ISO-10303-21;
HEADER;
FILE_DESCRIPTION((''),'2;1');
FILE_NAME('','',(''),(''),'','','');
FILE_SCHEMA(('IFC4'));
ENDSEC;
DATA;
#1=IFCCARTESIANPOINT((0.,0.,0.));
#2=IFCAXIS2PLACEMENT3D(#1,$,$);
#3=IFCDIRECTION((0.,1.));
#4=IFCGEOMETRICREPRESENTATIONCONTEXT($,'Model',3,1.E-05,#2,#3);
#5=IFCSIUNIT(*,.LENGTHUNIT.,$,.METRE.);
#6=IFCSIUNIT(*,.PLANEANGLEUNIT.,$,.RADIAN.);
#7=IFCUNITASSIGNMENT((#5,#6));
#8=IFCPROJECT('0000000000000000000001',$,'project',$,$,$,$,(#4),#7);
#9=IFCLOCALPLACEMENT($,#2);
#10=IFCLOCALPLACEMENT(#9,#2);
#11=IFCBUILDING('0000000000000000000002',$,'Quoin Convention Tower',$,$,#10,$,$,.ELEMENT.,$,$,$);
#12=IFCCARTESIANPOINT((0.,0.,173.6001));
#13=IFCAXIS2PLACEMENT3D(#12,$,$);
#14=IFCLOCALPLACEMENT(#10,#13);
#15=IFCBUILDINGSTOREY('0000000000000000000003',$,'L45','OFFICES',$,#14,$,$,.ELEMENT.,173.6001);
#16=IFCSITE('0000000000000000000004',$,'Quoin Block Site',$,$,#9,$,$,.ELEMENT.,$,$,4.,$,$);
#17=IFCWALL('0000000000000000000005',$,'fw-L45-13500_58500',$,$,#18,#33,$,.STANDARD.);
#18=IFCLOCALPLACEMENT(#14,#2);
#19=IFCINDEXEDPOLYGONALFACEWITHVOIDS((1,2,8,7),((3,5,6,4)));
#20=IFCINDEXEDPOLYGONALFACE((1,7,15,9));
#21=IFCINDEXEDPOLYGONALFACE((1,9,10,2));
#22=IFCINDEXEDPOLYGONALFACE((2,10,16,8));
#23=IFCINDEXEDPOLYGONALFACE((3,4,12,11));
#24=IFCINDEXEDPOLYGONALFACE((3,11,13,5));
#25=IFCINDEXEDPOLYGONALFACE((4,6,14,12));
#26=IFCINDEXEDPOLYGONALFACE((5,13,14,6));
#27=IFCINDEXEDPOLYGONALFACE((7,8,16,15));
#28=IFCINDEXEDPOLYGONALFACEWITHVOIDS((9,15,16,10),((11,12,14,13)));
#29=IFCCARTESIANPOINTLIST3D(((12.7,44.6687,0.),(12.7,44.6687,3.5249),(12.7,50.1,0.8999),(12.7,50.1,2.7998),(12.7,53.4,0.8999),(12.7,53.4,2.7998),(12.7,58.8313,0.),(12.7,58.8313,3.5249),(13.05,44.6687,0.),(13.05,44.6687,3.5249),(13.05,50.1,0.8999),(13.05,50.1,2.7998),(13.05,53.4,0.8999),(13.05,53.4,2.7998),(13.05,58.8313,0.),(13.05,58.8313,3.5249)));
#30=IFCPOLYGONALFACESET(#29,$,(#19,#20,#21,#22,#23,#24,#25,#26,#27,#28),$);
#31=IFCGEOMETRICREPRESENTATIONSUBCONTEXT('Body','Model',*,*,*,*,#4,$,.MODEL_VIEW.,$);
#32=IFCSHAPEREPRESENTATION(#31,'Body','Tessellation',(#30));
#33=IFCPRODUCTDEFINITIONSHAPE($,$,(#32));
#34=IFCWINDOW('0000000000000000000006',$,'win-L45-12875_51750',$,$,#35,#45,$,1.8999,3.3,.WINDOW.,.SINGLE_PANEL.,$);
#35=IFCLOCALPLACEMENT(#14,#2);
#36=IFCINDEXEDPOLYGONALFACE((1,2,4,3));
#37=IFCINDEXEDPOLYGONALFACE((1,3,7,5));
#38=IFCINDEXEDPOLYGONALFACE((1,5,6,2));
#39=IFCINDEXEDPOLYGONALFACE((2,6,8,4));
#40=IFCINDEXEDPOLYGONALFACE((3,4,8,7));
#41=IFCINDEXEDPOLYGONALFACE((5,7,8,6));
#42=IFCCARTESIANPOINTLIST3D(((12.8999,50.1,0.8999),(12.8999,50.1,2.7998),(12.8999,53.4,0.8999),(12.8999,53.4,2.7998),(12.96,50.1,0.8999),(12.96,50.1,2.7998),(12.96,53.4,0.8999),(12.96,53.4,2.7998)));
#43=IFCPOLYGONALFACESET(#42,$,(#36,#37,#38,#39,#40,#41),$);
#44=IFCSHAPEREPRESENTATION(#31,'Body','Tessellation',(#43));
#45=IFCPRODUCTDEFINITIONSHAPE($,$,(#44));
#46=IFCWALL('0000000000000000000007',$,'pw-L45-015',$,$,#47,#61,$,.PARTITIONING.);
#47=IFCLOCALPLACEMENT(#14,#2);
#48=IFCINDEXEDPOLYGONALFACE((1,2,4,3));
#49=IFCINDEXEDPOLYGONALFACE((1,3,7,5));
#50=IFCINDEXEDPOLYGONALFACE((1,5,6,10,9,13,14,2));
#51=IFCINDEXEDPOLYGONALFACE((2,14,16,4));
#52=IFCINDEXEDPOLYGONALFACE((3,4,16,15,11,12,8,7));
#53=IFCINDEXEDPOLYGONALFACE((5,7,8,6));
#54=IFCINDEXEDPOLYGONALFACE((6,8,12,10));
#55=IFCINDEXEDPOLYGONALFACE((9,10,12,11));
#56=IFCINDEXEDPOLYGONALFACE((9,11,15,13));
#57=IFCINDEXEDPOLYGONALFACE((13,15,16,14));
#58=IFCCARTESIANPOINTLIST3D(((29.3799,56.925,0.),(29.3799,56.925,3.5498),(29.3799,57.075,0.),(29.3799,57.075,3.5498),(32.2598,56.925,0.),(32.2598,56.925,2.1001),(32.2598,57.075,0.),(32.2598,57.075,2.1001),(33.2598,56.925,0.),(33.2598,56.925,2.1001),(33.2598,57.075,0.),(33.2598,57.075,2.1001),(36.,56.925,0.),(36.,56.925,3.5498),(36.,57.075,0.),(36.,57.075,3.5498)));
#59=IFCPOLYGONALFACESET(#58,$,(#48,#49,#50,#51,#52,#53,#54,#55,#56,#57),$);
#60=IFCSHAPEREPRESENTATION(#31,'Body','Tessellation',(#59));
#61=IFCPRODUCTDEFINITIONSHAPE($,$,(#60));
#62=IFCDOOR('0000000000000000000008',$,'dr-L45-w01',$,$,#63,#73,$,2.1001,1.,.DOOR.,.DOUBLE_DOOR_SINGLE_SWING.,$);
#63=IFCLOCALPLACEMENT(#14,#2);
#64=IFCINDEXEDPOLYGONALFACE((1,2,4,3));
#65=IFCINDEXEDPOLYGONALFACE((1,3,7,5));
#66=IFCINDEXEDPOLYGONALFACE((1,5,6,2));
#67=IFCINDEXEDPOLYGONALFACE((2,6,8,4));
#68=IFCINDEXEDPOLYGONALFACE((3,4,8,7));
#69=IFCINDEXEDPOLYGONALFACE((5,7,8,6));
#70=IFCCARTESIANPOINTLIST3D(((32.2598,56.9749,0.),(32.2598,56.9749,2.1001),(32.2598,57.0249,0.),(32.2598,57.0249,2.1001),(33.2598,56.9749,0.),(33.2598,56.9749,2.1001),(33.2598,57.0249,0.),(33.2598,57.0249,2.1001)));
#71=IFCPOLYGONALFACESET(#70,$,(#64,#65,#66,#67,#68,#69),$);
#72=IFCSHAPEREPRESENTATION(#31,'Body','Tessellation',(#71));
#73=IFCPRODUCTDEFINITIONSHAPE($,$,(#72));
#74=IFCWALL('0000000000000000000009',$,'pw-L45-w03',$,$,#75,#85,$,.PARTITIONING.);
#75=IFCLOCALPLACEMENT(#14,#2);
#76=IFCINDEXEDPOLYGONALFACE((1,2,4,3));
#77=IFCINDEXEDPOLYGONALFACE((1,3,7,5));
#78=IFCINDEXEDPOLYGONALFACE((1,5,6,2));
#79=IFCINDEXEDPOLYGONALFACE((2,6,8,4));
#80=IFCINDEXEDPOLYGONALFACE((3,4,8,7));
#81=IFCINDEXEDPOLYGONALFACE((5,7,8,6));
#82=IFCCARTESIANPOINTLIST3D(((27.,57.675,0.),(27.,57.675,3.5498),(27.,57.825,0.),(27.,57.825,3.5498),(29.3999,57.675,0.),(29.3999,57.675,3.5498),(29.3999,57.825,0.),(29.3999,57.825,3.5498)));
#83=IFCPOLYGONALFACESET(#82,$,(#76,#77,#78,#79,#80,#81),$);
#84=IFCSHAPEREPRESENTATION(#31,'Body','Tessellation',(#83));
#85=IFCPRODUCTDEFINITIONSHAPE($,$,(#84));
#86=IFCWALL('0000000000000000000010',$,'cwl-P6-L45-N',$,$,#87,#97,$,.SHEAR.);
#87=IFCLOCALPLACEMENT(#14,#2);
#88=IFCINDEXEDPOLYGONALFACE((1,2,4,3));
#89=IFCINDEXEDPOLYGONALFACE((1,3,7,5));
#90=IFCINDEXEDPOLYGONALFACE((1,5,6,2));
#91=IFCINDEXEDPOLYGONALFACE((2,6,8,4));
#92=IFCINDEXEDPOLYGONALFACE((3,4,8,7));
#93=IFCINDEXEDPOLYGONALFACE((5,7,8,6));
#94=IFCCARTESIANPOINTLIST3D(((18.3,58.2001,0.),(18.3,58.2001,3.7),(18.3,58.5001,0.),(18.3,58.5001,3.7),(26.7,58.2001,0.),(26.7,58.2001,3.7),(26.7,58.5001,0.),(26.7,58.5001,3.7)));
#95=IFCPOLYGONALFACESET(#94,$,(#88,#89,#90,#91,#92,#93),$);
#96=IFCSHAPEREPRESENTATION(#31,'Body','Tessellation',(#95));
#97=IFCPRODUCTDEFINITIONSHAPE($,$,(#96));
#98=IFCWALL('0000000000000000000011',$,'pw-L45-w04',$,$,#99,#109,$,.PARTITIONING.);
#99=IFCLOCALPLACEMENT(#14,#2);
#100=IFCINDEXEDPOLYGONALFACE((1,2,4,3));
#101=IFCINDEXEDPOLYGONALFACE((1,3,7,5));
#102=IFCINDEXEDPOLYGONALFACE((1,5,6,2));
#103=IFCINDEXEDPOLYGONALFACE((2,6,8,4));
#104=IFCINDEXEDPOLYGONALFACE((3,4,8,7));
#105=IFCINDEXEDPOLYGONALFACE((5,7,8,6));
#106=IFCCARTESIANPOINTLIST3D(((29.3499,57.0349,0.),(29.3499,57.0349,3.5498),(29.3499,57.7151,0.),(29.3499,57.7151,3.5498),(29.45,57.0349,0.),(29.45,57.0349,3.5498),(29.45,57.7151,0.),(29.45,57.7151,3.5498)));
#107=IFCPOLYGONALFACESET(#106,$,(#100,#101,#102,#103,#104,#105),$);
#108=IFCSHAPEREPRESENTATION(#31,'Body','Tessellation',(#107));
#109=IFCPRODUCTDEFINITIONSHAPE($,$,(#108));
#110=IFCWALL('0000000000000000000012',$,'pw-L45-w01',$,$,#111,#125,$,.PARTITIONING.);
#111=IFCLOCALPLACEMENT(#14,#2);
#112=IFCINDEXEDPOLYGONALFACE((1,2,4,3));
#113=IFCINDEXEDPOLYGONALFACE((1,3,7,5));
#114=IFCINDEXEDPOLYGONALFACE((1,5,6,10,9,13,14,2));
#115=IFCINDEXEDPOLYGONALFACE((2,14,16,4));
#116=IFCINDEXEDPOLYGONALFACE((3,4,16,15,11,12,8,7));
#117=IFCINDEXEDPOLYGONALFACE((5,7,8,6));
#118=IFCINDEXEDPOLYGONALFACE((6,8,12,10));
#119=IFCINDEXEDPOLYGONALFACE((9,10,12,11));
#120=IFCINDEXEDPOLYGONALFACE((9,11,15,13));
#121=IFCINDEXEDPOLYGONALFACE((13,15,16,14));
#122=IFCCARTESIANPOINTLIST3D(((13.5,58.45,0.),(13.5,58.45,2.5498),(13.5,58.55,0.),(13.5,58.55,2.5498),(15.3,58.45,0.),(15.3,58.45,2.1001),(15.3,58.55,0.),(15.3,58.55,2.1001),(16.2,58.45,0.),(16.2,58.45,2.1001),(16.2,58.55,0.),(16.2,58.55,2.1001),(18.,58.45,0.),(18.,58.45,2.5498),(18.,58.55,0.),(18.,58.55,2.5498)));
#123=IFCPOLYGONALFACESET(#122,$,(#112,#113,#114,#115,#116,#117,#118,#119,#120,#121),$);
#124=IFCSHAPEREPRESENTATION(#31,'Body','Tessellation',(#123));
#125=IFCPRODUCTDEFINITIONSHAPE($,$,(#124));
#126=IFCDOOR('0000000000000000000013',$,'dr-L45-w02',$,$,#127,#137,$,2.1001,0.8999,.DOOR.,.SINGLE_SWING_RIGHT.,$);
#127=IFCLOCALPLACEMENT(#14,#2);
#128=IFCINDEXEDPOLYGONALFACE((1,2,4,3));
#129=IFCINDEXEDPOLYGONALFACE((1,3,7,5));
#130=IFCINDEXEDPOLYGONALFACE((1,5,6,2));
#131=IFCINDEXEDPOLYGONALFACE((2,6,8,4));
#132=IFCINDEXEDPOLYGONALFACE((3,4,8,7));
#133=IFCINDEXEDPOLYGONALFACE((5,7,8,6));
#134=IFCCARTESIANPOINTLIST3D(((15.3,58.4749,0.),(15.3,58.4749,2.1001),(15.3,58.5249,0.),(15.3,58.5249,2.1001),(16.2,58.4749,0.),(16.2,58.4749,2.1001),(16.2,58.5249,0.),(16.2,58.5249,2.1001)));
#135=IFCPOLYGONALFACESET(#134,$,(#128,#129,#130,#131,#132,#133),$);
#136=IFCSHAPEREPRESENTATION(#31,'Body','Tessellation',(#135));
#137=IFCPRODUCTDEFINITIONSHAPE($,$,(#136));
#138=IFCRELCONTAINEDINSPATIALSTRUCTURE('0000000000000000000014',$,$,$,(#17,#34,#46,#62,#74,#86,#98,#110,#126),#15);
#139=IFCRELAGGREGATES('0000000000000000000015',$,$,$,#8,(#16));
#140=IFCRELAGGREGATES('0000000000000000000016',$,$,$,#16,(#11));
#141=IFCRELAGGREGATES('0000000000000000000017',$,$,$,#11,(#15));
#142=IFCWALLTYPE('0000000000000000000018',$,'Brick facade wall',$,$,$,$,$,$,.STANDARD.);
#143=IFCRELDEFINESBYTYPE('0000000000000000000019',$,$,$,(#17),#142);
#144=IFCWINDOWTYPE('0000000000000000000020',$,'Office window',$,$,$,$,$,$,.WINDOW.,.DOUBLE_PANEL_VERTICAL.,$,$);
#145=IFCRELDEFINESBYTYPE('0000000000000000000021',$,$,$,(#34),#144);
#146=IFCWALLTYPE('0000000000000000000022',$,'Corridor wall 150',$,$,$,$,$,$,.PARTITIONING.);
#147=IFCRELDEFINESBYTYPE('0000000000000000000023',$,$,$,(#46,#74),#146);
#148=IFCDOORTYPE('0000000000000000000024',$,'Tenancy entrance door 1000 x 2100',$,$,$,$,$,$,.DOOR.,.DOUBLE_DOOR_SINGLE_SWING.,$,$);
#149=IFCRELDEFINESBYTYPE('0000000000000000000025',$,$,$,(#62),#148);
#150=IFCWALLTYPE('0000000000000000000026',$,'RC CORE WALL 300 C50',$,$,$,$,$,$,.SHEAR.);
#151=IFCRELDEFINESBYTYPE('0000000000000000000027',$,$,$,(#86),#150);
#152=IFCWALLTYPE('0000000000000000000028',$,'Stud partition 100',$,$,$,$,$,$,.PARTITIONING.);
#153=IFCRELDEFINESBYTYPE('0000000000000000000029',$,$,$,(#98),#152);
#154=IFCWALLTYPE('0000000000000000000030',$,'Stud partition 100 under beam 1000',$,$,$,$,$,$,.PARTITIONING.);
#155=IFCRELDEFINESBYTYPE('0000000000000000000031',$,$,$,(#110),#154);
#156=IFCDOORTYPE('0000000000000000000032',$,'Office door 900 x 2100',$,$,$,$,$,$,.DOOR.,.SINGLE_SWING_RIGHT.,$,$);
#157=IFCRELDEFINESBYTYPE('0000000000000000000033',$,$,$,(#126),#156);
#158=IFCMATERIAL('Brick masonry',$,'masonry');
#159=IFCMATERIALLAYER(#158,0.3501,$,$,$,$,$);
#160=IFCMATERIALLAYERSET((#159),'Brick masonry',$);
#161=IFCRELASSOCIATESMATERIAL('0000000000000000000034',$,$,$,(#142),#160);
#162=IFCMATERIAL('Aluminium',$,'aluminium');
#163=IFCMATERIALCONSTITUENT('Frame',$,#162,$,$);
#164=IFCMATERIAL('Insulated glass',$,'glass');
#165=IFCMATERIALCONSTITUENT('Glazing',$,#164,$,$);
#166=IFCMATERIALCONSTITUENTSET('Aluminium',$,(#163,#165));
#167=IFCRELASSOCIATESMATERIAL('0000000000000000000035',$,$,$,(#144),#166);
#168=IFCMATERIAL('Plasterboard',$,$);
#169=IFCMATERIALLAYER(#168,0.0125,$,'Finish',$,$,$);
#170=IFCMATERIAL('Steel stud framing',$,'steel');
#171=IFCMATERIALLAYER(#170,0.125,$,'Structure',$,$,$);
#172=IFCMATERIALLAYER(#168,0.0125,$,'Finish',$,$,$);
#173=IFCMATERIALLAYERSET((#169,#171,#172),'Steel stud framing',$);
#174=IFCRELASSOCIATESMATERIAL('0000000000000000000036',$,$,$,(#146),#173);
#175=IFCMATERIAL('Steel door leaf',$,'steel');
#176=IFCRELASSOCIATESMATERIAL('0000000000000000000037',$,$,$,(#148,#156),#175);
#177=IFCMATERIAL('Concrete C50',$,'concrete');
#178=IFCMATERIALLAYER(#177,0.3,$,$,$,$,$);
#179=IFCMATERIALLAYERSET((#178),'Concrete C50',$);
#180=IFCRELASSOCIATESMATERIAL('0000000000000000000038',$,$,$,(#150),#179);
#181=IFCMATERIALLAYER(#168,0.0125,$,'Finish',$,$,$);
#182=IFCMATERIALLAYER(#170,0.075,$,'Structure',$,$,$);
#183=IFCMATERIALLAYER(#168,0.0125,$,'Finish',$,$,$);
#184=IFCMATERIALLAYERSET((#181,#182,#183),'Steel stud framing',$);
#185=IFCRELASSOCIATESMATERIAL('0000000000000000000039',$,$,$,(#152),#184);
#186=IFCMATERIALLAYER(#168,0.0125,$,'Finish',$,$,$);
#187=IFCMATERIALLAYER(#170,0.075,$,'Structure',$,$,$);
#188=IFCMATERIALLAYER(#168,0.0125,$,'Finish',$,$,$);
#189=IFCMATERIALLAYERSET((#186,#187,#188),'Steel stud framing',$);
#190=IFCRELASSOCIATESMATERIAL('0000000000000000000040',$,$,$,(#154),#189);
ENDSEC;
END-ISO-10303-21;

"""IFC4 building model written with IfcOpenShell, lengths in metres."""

from ifc_helpers import new_model, si_unit, direction, frame, frame_2d, origin, place, context, subcontext, project, spatial, rectangle, extrude, material, layer, layer_set, constituent, constituent_set, type_object, element, fill, save


model = new_model("IFC4")

# Units and contexts
model_context = context("Model", 3, precision=1e-05, world=origin(), true_north=direction((0.0, 1.0)))
body_context = subcontext(model_context, "Body", "Model", "MODEL_VIEW")
ifc_project = project(units=[si_unit("LENGTHUNIT", "METRE"), si_unit("PLANEANGLEUNIT", "RADIAN")], contexts=[model_context])

# Site, building, storey
site_placement = place(None, origin())
site = spatial("IfcSite", under=ifc_project, at=site_placement, Name="Quoin Block Site", CompositionType="ELEMENT", RefElevation=4.0)
building_placement = place(site_placement, origin())
building = spatial("IfcBuilding", under=site, at=building_placement, Name="Quoin Convention Tower", CompositionType="ELEMENT")
storey_placement = place(building_placement, frame((0.0, 0.0, 173.6001)))
storey = spatial("IfcBuildingStorey", under=building, at=storey_placement, Name="L45", Description="OFFICES", CompositionType="ELEMENT", Elevation=173.6001)

# Shared definitions
ifc_material_1 = material(Name="Concrete C50", Category="concrete")

# Wall, opening, window
ifc_material_2 = material(Name="Brick masonry", Category="masonry")
ifc_layer_1 = layer(ifc_material_2, 0.3501)
ifc_layer_set_1 = layer_set([ifc_layer_1], Name="Brick masonry")
wall_type_1 = type_object("IfcWallType", Name="Brick facade wall", PredefinedType="STANDARD", material=ifc_layer_set_1)
ifc_material_3 = material(Name="Aluminium", Category="aluminium")
ifc_constituent_1 = constituent(ifc_material_3, Name="Frame")
ifc_material_4 = material(Name="Insulated glass", Category="glass")
ifc_constituent_2 = constituent(ifc_material_4, Name="Glazing")
ifc_constituent_set = constituent_set(constituents=[ifc_constituent_1, ifc_constituent_2], Name="Aluminium")
window_type = type_object("IfcWindowType", Name="Office window", PartitioningType="DOUBLE_PANEL_VERTICAL", PredefinedType="WINDOW", material=ifc_constituent_set)
wall_1_placement = place(storey_placement, frame((12.875, 58.8313, 0.0), z_axis=(0.0, 0.0, 1.0), x_axis=(0.0, -1.0, 0.0)))
wall_1 = element("IfcWall", 1, at=wall_1_placement, inside=storey, type_object=wall_type_1, Name="fw-L45-13500_58500", PredefinedType="STANDARD", context=body_context, shape_type="SweptSolid", body=[
    extrude(rectangle(XDim=14.1626, YDim=0.3501, at=frame_2d((7.0813, 0.0))), origin(), (0.0, 0.0, 1.0), 3.5249),
])
opening_1_placement = place(wall_1_placement, frame((5.4314, 0.0, 0.8999)))
opening_1 = element("IfcOpeningElement", 2, at=opening_1_placement, cuts=wall_1, PredefinedType="OPENING", context=body_context, shape_type="SweptSolid", body=[
    extrude(rectangle(XDim=3.3, YDim=1.8999, at=frame_2d((1.6499, 0.95))), frame((0.0, 0.1851, 0.0), z_axis=(0.0, -1.0, 0.0), x_axis=(1.0, 0.0, 0.0)), (0.0, 0.0, 1.0), 0.3701),
])
window_1_placement = place(opening_1_placement, origin())
window_1 = element("IfcWindow", 3, at=window_1_placement, inside=storey, type_object=window_type, Name="win-L45-12875_51750", OverallHeight=1.8999, OverallWidth=3.3, PartitioningType="SINGLE_PANEL", PredefinedType="WINDOW", context=body_context, shape_type="SweptSolid", body=[
    extrude(rectangle(XDim=3.3, YDim=1.8999, at=frame_2d((1.6499, 0.95))), frame((0.0, 0.085, 0.0), z_axis=(0.0, -1.0, 0.0), x_axis=(1.0, 0.0, 0.0)), (0.0, 0.0, 1.0), 0.0601),
])
fill(opening_1, window_1)

# Wall, opening, door
ifc_material_5 = material(Name="Plasterboard")
ifc_layer_2 = layer(ifc_material_5, 0.0125, Name="Finish")
ifc_material_6 = material(Name="Steel stud framing", Category="steel")
ifc_layer_3 = layer(ifc_material_6, 0.125, Name="Structure")
ifc_layer_4 = layer(ifc_material_5, 0.0125, Name="Finish")
ifc_layer_set_2 = layer_set([ifc_layer_2, ifc_layer_3, ifc_layer_4], Name="Steel stud framing")
wall_type_2 = type_object("IfcWallType", Name="Corridor wall 150", PredefinedType="PARTITIONING", material=ifc_layer_set_2)
wall_2_placement = place(storey_placement, frame((29.3799, 57.0, 0.0), z_axis=(0.0, 0.0, 1.0), x_axis=(1.0, 0.0, 0.0)))
wall_2 = element("IfcWall", 4, at=wall_2_placement, inside=storey, type_object=wall_type_2, Name="pw-L45-015", PredefinedType="PARTITIONING", context=body_context, shape_type="SweptSolid", body=[
    extrude(rectangle(XDim=6.6201, YDim=0.1499, at=frame_2d((3.3101, 0.0))), origin(), (0.0, 0.0, 1.0), 3.5498),
])
opening_2_placement = place(wall_2_placement, frame((2.8799, 0.0, 0.0)))
opening_2 = element("IfcOpeningElement", 5, at=opening_2_placement, cuts=wall_2, PredefinedType="OPENING", context=body_context, shape_type="SweptSolid", body=[
    extrude(rectangle(XDim=1.0, YDim=2.1001, at=frame_2d((0.5, 1.05))), frame((0.0, 0.085, 0.0), z_axis=(0.0, -1.0, 0.0), x_axis=(1.0, 0.0, 0.0)), (0.0, 0.0, 1.0), 0.1699),
])
ifc_material_7 = material(Name="Steel door leaf", Category="steel")
door_type_1 = type_object("IfcDoorType", Name="Tenancy entrance door 1000 x 2100", OperationType="DOUBLE_DOOR_SINGLE_SWING", PredefinedType="DOOR", material=ifc_material_7)
door_1_placement = place(opening_2_placement, origin())
door_1 = element("IfcDoor", 6, at=door_1_placement, inside=storey, type_object=door_type_1, Name="dr-L45-w01", OperationType="DOUBLE_DOOR_SINGLE_SWING", OverallHeight=2.1001, OverallWidth=1.0, PredefinedType="DOOR", context=body_context, shape_type="SweptSolid", body=[
    extrude(rectangle(XDim=1.0, YDim=2.1001, at=frame_2d((0.5, 1.05))), frame((0.0, 0.0249, 0.0), z_axis=(0.0, -1.0, 0.0), x_axis=(1.0, 0.0, 0.0)), (0.0, 0.0, 1.0), 0.05),
])
fill(opening_2, door_1)

# Walls
wall_3_placement = place(storey_placement, frame((27.0, 57.75, 0.0), z_axis=(0.0, 0.0, 1.0), x_axis=(1.0, 0.0, 0.0)))
element("IfcWall", 7, at=wall_3_placement, inside=storey, type_object=wall_type_2, Name="pw-L45-w03", PredefinedType="PARTITIONING", context=body_context, shape_type="SweptSolid", body=[
    extrude(rectangle(XDim=2.3999, YDim=0.1499, at=frame_2d((1.2, 0.0))), origin(), (0.0, 0.0, 1.0), 3.5498),
])
ifc_layer_5 = layer(ifc_material_1, 0.3)
ifc_layer_set_3 = layer_set([ifc_layer_5], Name="Concrete C50")
wall_type_3 = type_object("IfcWallType", Name="RC CORE WALL 300 C50", PredefinedType="SHEAR", material=ifc_layer_set_3)
wall_4_placement = place(storey_placement, frame((18.3, 58.3501, 0.0), z_axis=(0.0, 0.0, 1.0), x_axis=(1.0, 0.0, 0.0)))
element("IfcWall", 8, at=wall_4_placement, inside=storey, type_object=wall_type_3, Name="cwl-P6-L45-N", PredefinedType="SHEAR", context=body_context, shape_type="SweptSolid", body=[
    extrude(rectangle(XDim=8.3999, YDim=0.3, at=frame_2d((4.2, 0.0))), origin(), (0.0, 0.0, 1.0), 3.7),
])
ifc_layer_6 = layer(ifc_material_5, 0.0125, Name="Finish")
ifc_layer_7 = layer(ifc_material_6, 0.075, Name="Structure")
ifc_layer_8 = layer(ifc_material_5, 0.0125, Name="Finish")
ifc_layer_set_4 = layer_set([ifc_layer_6, ifc_layer_7, ifc_layer_8], Name="Steel stud framing")
wall_type_4 = type_object("IfcWallType", Name="Stud partition 100", PredefinedType="PARTITIONING", material=ifc_layer_set_4)
wall_5_placement = place(storey_placement, frame((29.3999, 57.7151, 0.0), z_axis=(0.0, 0.0, 1.0), x_axis=(0.0, -1.0, 0.0)))
element("IfcWall", 9, at=wall_5_placement, inside=storey, type_object=wall_type_4, Name="pw-L45-w04", PredefinedType="PARTITIONING", context=body_context, shape_type="SweptSolid", body=[
    extrude(rectangle(XDim=0.6802, YDim=0.1001, at=frame_2d((0.3401, 0.0))), origin(), (0.0, 0.0, 1.0), 3.5498),
])

# Wall, opening, door
ifc_layer_9 = layer(ifc_material_5, 0.0125, Name="Finish")
ifc_layer_10 = layer(ifc_material_6, 0.075, Name="Structure")
ifc_layer_11 = layer(ifc_material_5, 0.0125, Name="Finish")
ifc_layer_set_5 = layer_set([ifc_layer_9, ifc_layer_10, ifc_layer_11], Name="Steel stud framing")
wall_type_5 = type_object("IfcWallType", Name="Stud partition 100 under beam 1000", PredefinedType="PARTITIONING", material=ifc_layer_set_5)
wall_6_placement = place(storey_placement, frame((13.5, 58.5, 0.0), z_axis=(0.0, 0.0, 1.0), x_axis=(1.0, 0.0, 0.0)))
wall_6 = element("IfcWall", 10, at=wall_6_placement, inside=storey, type_object=wall_type_5, Name="pw-L45-w01", PredefinedType="PARTITIONING", context=body_context, shape_type="SweptSolid", body=[
    extrude(rectangle(XDim=4.5, YDim=0.1001, at=frame_2d((2.25, 0.0))), origin(), (0.0, 0.0, 1.0), 2.5498),
])
opening_3_placement = place(wall_6_placement, frame((1.8, 0.0, 0.0)))
opening_3 = element("IfcOpeningElement", 11, at=opening_3_placement, cuts=wall_6, PredefinedType="OPENING", context=body_context, shape_type="SweptSolid", body=[
    extrude(rectangle(XDim=0.8999, YDim=2.1001, at=frame_2d((0.45, 1.05))), frame((0.0, 0.0601, 0.0), z_axis=(0.0, -1.0, 0.0), x_axis=(1.0, 0.0, 0.0)), (0.0, 0.0, 1.0), 0.1201),
])
door_type_2 = type_object("IfcDoorType", Name="Office door 900 x 2100", OperationType="SINGLE_SWING_RIGHT", PredefinedType="DOOR", material=ifc_material_7)
door_2_placement = place(opening_3_placement, origin())
door_2 = element("IfcDoor", 12, at=door_2_placement, inside=storey, type_object=door_type_2, Name="dr-L45-w02", OperationType="SINGLE_SWING_RIGHT", OverallHeight=2.1001, OverallWidth=0.8999, PredefinedType="DOOR", context=body_context, shape_type="SweptSolid", body=[
    extrude(rectangle(XDim=0.8999, YDim=2.1001, at=frame_2d((0.45, 1.05))), frame((0.0, 0.0249, 0.0), z_axis=(0.0, -1.0, 0.0), x_axis=(1.0, 0.0, 0.0)), (0.0, 0.0, 1.0), 0.05),
])
fill(opening_3, door_2)

save(model, "model.ifc")
